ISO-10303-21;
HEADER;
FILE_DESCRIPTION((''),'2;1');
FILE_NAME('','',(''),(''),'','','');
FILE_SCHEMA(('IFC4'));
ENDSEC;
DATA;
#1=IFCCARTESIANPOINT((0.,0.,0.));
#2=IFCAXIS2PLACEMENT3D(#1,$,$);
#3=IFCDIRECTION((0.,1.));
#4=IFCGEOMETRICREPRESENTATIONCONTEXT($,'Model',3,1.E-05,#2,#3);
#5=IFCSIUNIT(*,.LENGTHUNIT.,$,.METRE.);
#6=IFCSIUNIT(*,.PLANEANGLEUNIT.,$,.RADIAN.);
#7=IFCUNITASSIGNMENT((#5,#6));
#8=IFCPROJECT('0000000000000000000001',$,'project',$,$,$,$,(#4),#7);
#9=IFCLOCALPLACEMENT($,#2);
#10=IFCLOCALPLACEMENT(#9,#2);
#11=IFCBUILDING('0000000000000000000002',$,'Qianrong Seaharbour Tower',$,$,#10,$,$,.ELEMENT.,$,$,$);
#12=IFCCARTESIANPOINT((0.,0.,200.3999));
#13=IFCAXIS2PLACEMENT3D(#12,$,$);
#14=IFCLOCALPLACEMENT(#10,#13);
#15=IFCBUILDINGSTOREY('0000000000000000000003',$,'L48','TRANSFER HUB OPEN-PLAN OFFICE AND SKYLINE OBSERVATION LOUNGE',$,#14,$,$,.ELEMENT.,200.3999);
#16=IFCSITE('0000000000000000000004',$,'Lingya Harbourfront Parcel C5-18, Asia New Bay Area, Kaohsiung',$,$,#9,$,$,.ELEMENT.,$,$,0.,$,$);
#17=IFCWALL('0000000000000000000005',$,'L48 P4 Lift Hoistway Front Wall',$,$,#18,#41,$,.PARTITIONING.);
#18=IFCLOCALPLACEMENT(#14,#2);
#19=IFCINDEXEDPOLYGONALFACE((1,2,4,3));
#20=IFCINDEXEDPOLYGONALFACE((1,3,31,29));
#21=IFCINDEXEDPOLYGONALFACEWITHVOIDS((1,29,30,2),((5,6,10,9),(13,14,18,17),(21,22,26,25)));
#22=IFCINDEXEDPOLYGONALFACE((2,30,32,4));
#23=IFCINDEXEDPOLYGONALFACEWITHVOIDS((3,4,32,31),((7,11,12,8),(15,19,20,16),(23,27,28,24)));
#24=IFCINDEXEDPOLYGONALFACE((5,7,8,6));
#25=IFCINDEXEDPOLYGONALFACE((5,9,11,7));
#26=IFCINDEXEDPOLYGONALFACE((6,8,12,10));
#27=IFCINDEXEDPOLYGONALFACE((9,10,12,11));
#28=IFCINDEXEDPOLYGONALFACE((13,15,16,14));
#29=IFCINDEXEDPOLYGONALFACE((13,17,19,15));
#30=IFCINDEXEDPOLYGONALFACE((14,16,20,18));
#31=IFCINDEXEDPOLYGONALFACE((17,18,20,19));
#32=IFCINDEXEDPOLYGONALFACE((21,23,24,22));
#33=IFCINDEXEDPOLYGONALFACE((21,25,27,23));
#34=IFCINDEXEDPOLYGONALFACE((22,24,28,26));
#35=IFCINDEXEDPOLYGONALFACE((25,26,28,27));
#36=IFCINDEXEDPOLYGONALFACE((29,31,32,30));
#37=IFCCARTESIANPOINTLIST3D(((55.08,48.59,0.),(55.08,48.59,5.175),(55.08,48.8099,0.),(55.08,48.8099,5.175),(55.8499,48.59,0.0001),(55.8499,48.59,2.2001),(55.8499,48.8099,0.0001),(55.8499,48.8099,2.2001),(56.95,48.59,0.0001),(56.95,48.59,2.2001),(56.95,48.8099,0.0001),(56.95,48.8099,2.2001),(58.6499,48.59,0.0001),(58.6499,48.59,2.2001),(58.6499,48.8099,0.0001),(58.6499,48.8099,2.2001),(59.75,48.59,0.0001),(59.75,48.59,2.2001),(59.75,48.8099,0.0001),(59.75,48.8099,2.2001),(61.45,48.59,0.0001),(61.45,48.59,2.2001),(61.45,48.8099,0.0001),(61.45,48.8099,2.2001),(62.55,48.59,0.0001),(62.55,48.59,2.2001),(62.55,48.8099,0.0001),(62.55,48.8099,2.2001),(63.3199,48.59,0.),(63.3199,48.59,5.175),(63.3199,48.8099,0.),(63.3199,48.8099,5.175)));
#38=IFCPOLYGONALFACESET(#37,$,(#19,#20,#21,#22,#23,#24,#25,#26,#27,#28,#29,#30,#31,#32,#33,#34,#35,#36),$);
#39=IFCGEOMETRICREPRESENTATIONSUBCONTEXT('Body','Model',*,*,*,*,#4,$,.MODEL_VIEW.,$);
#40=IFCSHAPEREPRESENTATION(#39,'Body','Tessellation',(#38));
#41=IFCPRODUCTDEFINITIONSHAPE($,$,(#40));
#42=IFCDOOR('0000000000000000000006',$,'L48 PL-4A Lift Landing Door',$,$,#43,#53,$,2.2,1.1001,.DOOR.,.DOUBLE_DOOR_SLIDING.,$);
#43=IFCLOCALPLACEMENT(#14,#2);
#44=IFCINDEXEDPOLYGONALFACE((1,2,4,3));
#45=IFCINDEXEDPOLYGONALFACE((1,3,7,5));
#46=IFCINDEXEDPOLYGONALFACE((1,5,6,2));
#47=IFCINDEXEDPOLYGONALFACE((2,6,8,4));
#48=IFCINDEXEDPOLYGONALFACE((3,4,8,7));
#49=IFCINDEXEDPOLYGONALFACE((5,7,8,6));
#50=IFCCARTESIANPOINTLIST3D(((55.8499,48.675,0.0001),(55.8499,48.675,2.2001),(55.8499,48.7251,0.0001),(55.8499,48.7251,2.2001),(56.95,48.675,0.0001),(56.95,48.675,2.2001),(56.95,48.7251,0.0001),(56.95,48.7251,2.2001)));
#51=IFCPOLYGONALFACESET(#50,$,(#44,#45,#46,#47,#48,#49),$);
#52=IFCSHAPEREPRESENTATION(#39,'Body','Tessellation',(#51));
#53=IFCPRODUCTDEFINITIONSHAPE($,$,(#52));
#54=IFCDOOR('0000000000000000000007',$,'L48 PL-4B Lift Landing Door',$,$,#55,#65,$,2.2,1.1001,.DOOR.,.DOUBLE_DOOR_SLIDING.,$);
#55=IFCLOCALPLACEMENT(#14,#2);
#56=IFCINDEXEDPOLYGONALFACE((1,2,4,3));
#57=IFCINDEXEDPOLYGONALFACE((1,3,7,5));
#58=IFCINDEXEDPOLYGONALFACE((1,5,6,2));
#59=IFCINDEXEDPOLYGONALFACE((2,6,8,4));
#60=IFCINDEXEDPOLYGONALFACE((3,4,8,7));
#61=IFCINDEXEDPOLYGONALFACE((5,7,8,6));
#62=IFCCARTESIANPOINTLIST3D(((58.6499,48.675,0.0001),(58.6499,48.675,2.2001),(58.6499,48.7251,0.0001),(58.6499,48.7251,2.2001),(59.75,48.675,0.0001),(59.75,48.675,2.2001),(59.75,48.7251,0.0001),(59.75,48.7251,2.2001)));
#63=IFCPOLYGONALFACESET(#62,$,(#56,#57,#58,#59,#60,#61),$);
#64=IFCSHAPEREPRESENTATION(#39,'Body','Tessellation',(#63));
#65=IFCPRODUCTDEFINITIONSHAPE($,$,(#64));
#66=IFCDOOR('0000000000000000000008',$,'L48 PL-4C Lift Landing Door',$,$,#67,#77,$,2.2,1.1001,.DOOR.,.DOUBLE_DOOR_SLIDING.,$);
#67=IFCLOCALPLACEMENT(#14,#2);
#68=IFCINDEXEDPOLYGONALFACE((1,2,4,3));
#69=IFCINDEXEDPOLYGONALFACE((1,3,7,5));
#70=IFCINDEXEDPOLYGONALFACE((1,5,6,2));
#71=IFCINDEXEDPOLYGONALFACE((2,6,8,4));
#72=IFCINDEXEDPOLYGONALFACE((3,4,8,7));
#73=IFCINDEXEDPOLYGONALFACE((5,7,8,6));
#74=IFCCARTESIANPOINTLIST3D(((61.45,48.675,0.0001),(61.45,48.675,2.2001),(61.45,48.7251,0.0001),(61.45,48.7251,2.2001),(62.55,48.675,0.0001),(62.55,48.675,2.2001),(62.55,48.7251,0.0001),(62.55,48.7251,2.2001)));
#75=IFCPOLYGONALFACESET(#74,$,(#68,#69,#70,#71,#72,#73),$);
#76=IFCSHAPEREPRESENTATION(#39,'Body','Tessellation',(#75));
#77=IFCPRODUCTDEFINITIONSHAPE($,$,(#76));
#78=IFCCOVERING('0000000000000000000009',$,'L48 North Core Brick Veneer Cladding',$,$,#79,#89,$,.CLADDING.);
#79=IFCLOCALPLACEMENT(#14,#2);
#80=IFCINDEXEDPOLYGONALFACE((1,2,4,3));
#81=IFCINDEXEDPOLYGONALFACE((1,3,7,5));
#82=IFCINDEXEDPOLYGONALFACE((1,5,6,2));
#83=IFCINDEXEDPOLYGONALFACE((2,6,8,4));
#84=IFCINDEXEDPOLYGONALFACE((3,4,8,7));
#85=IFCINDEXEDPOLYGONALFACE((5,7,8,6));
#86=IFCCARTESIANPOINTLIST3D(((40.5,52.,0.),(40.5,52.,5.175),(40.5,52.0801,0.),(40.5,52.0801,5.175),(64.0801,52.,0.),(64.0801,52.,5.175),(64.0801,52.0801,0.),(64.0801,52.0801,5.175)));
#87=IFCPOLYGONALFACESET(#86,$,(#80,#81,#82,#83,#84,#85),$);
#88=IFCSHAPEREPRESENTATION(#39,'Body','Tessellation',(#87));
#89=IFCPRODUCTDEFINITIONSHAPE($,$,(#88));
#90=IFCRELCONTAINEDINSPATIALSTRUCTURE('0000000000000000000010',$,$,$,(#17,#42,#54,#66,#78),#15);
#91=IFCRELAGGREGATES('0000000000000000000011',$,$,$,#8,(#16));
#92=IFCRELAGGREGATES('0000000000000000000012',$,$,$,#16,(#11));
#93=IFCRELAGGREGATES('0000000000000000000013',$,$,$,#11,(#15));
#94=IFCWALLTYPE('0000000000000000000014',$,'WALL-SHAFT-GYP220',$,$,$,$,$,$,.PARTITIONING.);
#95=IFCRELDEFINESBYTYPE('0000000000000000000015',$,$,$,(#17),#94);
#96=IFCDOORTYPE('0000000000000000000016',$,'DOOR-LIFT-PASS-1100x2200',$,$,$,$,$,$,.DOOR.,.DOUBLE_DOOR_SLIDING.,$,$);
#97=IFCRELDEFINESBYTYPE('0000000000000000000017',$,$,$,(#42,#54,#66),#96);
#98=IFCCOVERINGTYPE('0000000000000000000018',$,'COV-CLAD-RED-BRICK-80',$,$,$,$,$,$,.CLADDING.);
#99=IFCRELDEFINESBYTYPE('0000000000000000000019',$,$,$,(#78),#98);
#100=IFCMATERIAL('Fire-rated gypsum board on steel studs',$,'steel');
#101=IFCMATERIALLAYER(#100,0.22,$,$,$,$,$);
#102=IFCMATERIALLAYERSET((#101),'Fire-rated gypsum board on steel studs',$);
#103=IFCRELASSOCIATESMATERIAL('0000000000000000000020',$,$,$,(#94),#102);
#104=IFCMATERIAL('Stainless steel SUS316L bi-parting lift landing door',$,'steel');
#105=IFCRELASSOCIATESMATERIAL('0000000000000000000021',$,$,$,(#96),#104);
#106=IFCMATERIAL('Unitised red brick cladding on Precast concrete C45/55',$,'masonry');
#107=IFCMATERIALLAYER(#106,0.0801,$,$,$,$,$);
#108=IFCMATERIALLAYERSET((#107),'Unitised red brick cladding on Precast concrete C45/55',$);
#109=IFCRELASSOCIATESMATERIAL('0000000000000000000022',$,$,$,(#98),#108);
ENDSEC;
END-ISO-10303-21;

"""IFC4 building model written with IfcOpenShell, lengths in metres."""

from ifc_helpers import new_model, si_unit, direction, frame, frame_2d, origin, origin_2d, place, context, subcontext, project, spatial, rectangle, extrude, material, layer, layer_set, type_object, element, fill, save


model = new_model("IFC4")

# Units and contexts
model_context = context("Model", 3, precision=1e-05, world=origin(), true_north=direction((0.0, 1.0)))
body_context = subcontext(model_context, "Body", "Model", "MODEL_VIEW")
ifc_project = project(units=[si_unit("LENGTHUNIT", "METRE"), si_unit("PLANEANGLEUNIT", "RADIAN")], contexts=[model_context])

# Site, building, storey
site_placement = place(None, origin())
site = spatial("IfcSite", under=ifc_project, at=site_placement, Name="Lingya Harbourfront Parcel C5-18, Asia New Bay Area, Kaohsiung", CompositionType="ELEMENT", RefElevation=0.0)
building_placement = place(site_placement, origin())
building = spatial("IfcBuilding", under=site, at=building_placement, Name="Qianrong Seaharbour Tower", CompositionType="ELEMENT")
storey_placement = place(building_placement, frame((0.0, 0.0, 200.3999)))
storey = spatial("IfcBuildingStorey", under=building, at=storey_placement, Name="L48", Description="TRANSFER HUB OPEN-PLAN OFFICE AND SKYLINE OBSERVATION LOUNGE", CompositionType="ELEMENT", Elevation=200.3999)

# Shared definitions
ifc_material_1 = material(Name="Fire-rated gypsum board on steel studs", Category="steel")

# Shared definitions
ifc_layer_1 = layer(ifc_material_1, 0.22)
ifc_layer_set_1 = layer_set([ifc_layer_1], Name="Fire-rated gypsum board on steel studs")
wall_type_1 = type_object("IfcWallType", Name="WALL-SHAFT-GYP220", PredefinedType="PARTITIONING", material=ifc_layer_set_1)
ifc_material_2 = material(Name="Stainless steel SUS316L bi-parting lift landing door", Category="steel")

# Wall, openings, doors
wall_1_placement = place(storey_placement, frame((63.3201, 48.7, 0.0), z_axis=(0.0, 0.0, 1.0), x_axis=(-1.0, 0.0, 0.0)))
wall_1 = element("IfcWall", 1, at=wall_1_placement, inside=storey, type_object=wall_type_1, Name="L48 P4 Lift Hoistway Front Wall", PredefinedType="PARTITIONING", context=body_context, shape_type="SweptSolid", body=[
    extrude(rectangle(XDim=8.24, YDim=0.22, at=frame_2d((4.1201, 0.0))), origin(), (0.0, 0.0, 1.0), 5.175),
])
opening_1_placement = place(wall_1_placement, frame((6.3701, 0.0, 0.0)))
opening_1 = element("IfcOpeningElement", 2, at=opening_1_placement, cuts=wall_1, PredefinedType="OPENING", context=body_context, shape_type="SweptSolid", body=[
    extrude(rectangle(XDim=1.1001, YDim=2.2, at=frame_2d((0.55, 1.1001))), frame((0.0, 0.1201, 0.0), z_axis=(0.0, -1.0, 0.0), x_axis=(1.0, 0.0, 0.0)), (0.0, 0.0, 1.0), 0.24),
])
opening_2_placement = place(wall_1_placement, frame((3.5701, 0.0, 0.0)))
opening_2 = element("IfcOpeningElement", 3, at=opening_2_placement, cuts=wall_1, PredefinedType="OPENING", context=body_context, shape_type="SweptSolid", body=[
    extrude(rectangle(XDim=1.1001, YDim=2.2, at=frame_2d((0.55, 1.1001))), frame((0.0, 0.1201, 0.0), z_axis=(0.0, -1.0, 0.0), x_axis=(1.0, 0.0, 0.0)), (0.0, 0.0, 1.0), 0.24),
])
opening_3_placement = place(wall_1_placement, frame((0.77, 0.0, 0.0)))
opening_3 = element("IfcOpeningElement", 4, at=opening_3_placement, cuts=wall_1, PredefinedType="OPENING", context=body_context, shape_type="SweptSolid", body=[
    extrude(rectangle(XDim=1.1001, YDim=2.2, at=frame_2d((0.55, 1.1001))), frame((0.0, 0.1201, 0.0), z_axis=(0.0, -1.0, 0.0), x_axis=(1.0, 0.0, 0.0)), (0.0, 0.0, 1.0), 0.24),
])
door_type_1 = type_object("IfcDoorType", Name="DOOR-LIFT-PASS-1100x2200", OperationType="DOUBLE_DOOR_SLIDING", PredefinedType="DOOR", material=ifc_material_2)
door_1_placement = place(opening_1_placement, origin())
door_1 = element("IfcDoor", 5, at=door_1_placement, inside=storey, type_object=door_type_1, Name="L48 PL-4A Lift Landing Door", OperationType="DOUBLE_DOOR_SLIDING", OverallHeight=2.2, OverallWidth=1.1001, PredefinedType="DOOR", context=body_context, shape_type="SweptSolid", body=[
    extrude(rectangle(XDim=1.1001, YDim=2.2, at=frame_2d((0.55, 1.1001))), frame((0.0, 0.0249, 0.0), z_axis=(0.0, -1.0, 0.0), x_axis=(1.0, 0.0, 0.0)), (0.0, 0.0, 1.0), 0.05),
])
fill(opening_1, door_1)
door_2_placement = place(opening_2_placement, origin())
door_2 = element("IfcDoor", 6, at=door_2_placement, inside=storey, type_object=door_type_1, Name="L48 PL-4B Lift Landing Door", OperationType="DOUBLE_DOOR_SLIDING", OverallHeight=2.2, OverallWidth=1.1001, PredefinedType="DOOR", context=body_context, shape_type="SweptSolid", body=[
    extrude(rectangle(XDim=1.1001, YDim=2.2, at=frame_2d((0.55, 1.1001))), frame((0.0, 0.0249, 0.0), z_axis=(0.0, -1.0, 0.0), x_axis=(1.0, 0.0, 0.0)), (0.0, 0.0, 1.0), 0.05),
])
fill(opening_2, door_2)
door_3_placement = place(opening_3_placement, origin())
door_3 = element("IfcDoor", 7, at=door_3_placement, inside=storey, type_object=door_type_1, Name="L48 PL-4C Lift Landing Door", OperationType="DOUBLE_DOOR_SLIDING", OverallHeight=2.2, OverallWidth=1.1001, PredefinedType="DOOR", context=body_context, shape_type="SweptSolid", body=[
    extrude(rectangle(XDim=1.1001, YDim=2.2, at=frame_2d((0.55, 1.1001))), frame((0.0, 0.0249, 0.0), z_axis=(0.0, -1.0, 0.0), x_axis=(1.0, 0.0, 0.0)), (0.0, 0.0, 1.0), 0.05),
])
fill(opening_3, door_3)

# Covering
ifc_material_3 = material(Name="Unitised red brick cladding on Precast concrete C45/55", Category="masonry")
ifc_layer_2 = layer(ifc_material_3, 0.0801)
ifc_layer_set_2 = layer_set([ifc_layer_2], Name="Unitised red brick cladding on Precast concrete C45/55")
covering_type = type_object("IfcCoveringType", Name="COV-CLAD-RED-BRICK-80", PredefinedType="CLADDING", material=ifc_layer_set_2)
covering_placement = place(storey_placement, frame((52.29, 52.04, 0.0), z_axis=(0.0, 0.0, 1.0), x_axis=(1.0, 0.0, 0.0)))
element("IfcCovering", 8, at=covering_placement, inside=storey, type_object=covering_type, Name="L48 North Core Brick Veneer Cladding", PredefinedType="CLADDING", context=body_context, shape_type="SweptSolid", body=[
    extrude(rectangle(XDim=23.5801, YDim=0.0801, at=origin_2d()), origin(), (0.0, 0.0, 1.0), 5.175),
])

save(model, "model.ifc")
